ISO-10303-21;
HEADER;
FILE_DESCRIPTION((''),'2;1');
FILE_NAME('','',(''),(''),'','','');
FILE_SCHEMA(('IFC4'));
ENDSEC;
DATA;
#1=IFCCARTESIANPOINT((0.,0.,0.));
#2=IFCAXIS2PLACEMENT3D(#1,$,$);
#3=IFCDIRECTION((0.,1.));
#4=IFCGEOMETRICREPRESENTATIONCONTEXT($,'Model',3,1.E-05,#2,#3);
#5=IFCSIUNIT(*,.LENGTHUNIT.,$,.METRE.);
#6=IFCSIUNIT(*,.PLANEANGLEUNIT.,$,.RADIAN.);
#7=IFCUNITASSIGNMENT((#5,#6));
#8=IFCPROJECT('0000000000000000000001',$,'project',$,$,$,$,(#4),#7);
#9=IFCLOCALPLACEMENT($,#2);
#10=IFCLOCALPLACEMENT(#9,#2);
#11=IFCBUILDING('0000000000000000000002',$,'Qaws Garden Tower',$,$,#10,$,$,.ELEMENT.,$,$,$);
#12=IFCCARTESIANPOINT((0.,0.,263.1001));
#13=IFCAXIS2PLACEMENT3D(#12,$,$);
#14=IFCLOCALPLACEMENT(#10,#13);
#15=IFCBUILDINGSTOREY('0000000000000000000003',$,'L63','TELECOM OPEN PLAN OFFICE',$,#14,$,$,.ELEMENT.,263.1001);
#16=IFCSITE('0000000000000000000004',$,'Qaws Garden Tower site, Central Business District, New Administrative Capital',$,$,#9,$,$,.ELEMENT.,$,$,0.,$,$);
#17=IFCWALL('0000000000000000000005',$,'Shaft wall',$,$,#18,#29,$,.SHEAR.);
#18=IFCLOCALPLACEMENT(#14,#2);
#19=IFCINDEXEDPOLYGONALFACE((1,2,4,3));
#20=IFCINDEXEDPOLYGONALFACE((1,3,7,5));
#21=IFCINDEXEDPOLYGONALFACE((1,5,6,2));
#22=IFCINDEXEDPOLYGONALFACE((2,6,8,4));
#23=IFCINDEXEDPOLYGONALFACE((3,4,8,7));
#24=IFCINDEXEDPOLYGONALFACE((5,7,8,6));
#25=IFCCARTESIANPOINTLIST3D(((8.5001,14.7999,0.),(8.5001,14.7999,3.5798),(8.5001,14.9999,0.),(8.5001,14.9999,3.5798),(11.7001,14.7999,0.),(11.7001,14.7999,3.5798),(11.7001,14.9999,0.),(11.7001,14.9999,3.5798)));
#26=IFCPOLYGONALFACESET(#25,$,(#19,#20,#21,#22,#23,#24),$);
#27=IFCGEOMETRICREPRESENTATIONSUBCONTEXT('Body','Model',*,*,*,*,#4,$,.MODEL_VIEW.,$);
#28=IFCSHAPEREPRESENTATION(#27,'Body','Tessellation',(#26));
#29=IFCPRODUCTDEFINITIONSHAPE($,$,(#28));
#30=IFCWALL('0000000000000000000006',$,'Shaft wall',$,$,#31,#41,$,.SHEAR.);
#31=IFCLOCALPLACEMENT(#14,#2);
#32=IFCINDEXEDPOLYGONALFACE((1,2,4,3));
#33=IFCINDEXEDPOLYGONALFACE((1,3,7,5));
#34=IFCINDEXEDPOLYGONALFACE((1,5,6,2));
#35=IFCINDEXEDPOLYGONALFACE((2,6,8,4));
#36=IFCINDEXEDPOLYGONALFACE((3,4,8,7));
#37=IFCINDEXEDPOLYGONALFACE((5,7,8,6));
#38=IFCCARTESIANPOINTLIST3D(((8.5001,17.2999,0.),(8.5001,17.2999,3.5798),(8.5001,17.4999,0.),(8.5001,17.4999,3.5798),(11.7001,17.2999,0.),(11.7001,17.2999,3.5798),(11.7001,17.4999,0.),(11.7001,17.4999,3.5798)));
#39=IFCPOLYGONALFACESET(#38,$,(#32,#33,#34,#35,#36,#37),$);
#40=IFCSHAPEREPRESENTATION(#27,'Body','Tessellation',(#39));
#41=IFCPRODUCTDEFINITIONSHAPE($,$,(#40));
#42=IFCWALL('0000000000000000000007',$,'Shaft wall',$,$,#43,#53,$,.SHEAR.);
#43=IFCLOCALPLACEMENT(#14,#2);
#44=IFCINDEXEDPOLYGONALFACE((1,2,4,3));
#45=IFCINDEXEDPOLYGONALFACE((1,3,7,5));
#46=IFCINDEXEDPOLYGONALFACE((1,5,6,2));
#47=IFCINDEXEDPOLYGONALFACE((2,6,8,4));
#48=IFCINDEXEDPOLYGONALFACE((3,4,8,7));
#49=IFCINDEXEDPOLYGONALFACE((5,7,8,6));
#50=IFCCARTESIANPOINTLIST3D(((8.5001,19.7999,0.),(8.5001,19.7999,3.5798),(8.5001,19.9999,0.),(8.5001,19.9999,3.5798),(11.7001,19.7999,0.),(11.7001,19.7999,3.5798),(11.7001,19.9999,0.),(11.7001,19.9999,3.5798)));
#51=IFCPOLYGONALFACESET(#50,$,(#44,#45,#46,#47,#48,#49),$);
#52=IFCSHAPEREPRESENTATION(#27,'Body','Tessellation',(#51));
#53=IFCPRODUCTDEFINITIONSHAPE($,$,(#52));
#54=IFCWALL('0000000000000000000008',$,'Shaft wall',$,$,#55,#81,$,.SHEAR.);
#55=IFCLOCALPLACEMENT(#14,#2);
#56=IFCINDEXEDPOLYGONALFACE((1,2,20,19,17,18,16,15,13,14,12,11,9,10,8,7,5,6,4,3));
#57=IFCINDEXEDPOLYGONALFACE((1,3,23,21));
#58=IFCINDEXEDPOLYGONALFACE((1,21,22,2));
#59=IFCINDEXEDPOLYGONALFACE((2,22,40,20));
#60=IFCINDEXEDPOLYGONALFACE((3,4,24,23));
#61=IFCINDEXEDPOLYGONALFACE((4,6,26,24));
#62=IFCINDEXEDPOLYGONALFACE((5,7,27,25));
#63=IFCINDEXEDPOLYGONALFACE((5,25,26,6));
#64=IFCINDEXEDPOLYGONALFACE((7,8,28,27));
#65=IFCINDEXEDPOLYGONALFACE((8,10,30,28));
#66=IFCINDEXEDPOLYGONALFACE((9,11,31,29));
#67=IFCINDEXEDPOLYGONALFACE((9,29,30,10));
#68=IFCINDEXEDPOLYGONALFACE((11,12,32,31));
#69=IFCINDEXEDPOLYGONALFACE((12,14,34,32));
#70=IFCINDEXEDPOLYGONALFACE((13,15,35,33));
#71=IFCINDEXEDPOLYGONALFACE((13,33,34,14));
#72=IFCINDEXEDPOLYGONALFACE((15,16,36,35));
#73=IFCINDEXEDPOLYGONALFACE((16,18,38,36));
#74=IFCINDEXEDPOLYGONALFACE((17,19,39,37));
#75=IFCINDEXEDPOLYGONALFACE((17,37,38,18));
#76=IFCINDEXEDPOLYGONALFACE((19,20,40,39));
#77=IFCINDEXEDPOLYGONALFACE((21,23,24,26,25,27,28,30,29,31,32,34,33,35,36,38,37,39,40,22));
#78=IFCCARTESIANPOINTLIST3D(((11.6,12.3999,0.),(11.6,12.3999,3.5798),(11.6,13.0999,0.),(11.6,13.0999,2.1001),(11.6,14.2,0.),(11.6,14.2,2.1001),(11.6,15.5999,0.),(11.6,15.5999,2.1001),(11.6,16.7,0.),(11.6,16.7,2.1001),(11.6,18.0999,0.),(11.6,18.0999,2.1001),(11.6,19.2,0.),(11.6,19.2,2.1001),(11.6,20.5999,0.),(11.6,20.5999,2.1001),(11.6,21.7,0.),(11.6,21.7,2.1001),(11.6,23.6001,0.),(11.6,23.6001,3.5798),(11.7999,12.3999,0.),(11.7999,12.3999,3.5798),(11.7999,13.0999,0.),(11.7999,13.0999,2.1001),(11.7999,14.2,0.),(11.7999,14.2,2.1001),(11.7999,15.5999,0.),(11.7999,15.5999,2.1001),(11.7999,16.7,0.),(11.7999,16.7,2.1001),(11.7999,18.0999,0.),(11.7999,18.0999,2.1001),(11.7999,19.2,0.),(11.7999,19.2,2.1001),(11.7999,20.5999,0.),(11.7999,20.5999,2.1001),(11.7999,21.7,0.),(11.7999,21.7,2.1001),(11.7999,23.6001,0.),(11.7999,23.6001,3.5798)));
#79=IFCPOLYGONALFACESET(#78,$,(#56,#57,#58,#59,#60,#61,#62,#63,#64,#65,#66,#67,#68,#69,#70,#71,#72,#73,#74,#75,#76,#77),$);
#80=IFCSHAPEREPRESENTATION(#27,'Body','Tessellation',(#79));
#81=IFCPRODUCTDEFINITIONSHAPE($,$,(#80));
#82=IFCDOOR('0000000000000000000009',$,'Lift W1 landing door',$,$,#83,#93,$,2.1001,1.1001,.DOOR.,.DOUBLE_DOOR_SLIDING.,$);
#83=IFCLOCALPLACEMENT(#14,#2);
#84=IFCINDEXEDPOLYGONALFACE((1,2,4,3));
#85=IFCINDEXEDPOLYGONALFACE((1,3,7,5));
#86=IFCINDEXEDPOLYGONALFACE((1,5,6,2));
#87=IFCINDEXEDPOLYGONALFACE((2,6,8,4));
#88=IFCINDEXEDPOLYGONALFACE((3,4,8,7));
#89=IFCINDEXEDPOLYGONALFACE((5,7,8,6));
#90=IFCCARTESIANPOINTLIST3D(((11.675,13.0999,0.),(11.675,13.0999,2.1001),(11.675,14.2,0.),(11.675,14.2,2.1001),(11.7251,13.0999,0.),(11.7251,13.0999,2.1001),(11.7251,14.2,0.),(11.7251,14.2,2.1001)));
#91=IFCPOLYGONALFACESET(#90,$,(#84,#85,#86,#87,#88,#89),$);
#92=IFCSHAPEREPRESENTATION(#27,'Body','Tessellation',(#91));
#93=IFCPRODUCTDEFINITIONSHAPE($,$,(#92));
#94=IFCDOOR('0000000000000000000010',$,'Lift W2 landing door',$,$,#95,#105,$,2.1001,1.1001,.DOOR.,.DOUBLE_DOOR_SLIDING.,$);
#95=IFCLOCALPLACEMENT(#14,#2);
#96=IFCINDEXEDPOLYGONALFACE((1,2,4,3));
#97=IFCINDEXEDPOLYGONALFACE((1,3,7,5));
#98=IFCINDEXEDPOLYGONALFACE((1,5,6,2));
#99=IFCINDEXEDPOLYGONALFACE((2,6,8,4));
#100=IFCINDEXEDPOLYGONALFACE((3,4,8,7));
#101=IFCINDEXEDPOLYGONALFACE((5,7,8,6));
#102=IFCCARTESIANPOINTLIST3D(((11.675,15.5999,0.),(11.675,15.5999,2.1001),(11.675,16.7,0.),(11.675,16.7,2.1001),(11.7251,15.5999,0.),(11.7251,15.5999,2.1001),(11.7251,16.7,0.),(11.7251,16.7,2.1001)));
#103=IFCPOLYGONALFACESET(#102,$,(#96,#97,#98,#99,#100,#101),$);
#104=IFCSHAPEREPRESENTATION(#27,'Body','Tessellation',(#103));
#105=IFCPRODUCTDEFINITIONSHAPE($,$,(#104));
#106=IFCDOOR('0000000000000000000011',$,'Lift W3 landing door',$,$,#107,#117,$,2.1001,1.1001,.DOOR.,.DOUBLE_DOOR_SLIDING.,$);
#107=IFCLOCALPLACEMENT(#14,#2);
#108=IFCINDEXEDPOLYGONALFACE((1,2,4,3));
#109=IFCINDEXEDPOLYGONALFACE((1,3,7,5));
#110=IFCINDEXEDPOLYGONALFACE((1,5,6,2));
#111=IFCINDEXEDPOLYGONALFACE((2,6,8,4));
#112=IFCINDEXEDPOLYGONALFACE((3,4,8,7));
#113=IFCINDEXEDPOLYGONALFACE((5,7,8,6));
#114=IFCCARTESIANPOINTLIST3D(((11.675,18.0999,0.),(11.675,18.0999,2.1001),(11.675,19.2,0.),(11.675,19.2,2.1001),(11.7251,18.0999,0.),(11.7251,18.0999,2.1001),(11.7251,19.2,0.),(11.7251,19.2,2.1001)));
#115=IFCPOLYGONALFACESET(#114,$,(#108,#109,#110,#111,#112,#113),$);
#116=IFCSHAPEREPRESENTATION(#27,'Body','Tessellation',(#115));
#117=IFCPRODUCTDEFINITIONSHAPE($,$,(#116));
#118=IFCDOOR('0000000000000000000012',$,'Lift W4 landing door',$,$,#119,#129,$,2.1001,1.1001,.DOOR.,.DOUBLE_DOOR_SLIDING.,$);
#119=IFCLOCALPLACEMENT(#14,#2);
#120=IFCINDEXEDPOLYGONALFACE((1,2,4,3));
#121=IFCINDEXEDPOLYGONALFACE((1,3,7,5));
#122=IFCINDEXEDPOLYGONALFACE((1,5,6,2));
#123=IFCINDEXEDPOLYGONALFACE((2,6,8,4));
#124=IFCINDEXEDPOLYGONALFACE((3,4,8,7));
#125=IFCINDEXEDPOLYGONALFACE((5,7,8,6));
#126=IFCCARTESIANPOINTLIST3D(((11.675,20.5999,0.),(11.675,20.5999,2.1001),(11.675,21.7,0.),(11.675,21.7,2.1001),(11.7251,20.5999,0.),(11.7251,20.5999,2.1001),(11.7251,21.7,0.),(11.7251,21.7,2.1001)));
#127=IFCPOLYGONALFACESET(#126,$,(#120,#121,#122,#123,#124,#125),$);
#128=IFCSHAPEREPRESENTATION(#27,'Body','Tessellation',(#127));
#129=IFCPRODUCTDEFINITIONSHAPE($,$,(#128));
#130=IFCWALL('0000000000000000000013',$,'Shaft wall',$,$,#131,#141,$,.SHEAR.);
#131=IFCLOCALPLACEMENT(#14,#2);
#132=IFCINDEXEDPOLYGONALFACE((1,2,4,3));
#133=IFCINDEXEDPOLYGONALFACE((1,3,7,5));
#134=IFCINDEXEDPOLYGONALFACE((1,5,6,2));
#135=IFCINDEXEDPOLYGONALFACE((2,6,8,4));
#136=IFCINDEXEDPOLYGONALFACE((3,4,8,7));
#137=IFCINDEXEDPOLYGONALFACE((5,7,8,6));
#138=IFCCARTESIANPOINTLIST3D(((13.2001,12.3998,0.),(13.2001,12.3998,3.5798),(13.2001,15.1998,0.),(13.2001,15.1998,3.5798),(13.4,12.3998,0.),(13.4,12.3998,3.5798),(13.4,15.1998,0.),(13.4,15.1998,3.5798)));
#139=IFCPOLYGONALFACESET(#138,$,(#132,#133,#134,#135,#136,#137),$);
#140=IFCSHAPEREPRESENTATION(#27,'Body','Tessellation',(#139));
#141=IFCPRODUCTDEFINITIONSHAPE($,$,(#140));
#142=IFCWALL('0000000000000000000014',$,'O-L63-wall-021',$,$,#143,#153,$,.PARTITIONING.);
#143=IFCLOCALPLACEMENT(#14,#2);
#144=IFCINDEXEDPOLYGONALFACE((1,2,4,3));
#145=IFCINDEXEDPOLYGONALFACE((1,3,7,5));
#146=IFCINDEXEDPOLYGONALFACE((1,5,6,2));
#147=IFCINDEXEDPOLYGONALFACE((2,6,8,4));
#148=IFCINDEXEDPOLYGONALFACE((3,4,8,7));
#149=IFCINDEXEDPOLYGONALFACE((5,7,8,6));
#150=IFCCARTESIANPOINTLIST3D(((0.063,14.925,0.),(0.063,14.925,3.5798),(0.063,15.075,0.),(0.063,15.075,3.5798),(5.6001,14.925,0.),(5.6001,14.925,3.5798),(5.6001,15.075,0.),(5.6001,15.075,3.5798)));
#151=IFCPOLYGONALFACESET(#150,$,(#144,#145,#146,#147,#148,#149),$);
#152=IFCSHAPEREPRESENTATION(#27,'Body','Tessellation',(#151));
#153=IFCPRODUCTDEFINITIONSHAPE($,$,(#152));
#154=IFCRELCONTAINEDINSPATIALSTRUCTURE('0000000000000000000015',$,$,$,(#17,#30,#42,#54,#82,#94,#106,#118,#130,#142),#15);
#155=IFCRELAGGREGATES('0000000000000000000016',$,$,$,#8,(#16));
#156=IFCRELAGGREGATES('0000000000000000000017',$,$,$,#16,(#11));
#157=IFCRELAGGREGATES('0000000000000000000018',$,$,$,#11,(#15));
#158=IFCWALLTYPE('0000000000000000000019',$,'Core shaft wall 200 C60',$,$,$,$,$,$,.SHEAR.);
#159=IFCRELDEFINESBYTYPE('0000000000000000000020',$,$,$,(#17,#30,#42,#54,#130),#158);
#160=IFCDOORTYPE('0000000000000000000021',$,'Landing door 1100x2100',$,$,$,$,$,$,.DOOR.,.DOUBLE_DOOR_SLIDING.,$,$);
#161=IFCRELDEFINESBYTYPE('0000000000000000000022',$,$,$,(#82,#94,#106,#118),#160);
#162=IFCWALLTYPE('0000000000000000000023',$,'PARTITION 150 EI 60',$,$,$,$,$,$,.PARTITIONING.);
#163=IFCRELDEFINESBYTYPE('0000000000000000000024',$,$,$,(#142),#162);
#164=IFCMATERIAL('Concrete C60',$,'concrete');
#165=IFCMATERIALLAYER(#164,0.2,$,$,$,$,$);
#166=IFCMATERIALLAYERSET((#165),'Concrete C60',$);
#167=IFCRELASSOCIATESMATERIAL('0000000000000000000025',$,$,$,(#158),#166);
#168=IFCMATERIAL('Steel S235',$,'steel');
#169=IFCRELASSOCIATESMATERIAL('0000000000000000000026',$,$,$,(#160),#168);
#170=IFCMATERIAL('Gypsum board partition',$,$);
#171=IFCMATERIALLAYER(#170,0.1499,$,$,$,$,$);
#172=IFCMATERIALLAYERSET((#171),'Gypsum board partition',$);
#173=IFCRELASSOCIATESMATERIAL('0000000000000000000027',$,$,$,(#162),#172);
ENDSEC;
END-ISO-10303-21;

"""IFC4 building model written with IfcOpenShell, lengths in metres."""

from ifc_helpers import new_model, si_unit, direction, frame, frame_2d, origin, place, context, subcontext, project, spatial, rectangle, extrude, material, layer, layer_set, type_object, element, fill, save


model = new_model("IFC4")

# Units and contexts
model_context = context("Model", 3, precision=1e-05, world=origin(), true_north=direction((0.0, 1.0)))
body_context = subcontext(model_context, "Body", "Model", "MODEL_VIEW")
ifc_project = project(units=[si_unit("LENGTHUNIT", "METRE"), si_unit("PLANEANGLEUNIT", "RADIAN")], contexts=[model_context])

# Site, building, storey
site_placement = place(None, origin())
site = spatial("IfcSite", under=ifc_project, at=site_placement, Name="Qaws Garden Tower site, Central Business District, New Administrative Capital", CompositionType="ELEMENT", RefElevation=0.0)
building_placement = place(site_placement, origin())
building = spatial("IfcBuilding", under=site, at=building_placement, Name="Qaws Garden Tower", CompositionType="ELEMENT")
storey_placement = place(building_placement, frame((0.0, 0.0, 263.1001)))
storey = spatial("IfcBuildingStorey", under=building, at=storey_placement, Name="L63", Description="TELECOM OPEN PLAN OFFICE", CompositionType="ELEMENT", Elevation=263.1001)

# Walls
ifc_material_1 = material(Name="Concrete C60", Category="concrete")
ifc_layer_1 = layer(ifc_material_1, 0.2)
ifc_layer_set_1 = layer_set([ifc_layer_1], Name="Concrete C60")
wall_type_1 = type_object("IfcWallType", Name="Core shaft wall 200 C60", PredefinedType="SHEAR", material=ifc_layer_set_1)
for number, where, z_axis, x_axis, name in (
    (1, (8.5, 14.8999, 0.0), (0.0, 0.0, 1.0), (1.0, 0.0, 0.0), "Shaft wall"),
    (2, (8.5, 17.3999, 0.0), (0.0, 0.0, 1.0), (1.0, 0.0, 0.0), "Shaft wall"),
    (3, (8.5, 19.8999, 0.0), (0.0, 0.0, 1.0), (1.0, 0.0, 0.0), "Shaft wall"),
):
    element("IfcWall", number, at=place(storey_placement, frame(where, z_axis=z_axis, x_axis=x_axis)), inside=storey, type_object=wall_type_1, Name=name, PredefinedType="SHEAR", context=body_context, shape_type="SweptSolid", body=[
        extrude(rectangle(XDim=3.2, YDim=0.2, at=frame_2d((1.6001, 0.0))), origin(), (0.0, 0.0, 1.0), 3.5798),
    ])

# Wall, openings, doors
wall_1_placement = place(storey_placement, frame((11.7, 12.3999, 0.0), z_axis=(0.0, 0.0, 1.0), x_axis=(0.0, 1.0, 0.0)))
wall_1 = element("IfcWall", 4, at=wall_1_placement, inside=storey, type_object=wall_type_1, Name="Shaft wall", PredefinedType="SHEAR", context=body_context, shape_type="SweptSolid", body=[
    extrude(rectangle(XDim=11.2002, YDim=0.2, at=frame_2d((5.6001, 0.0))), origin(), (0.0, 0.0, 1.0), 3.5798),
])
opening_1_placement = place(wall_1_placement, frame((0.7, 0.0, 0.0)))
opening_1 = element("IfcOpeningElement", 5, at=opening_1_placement, cuts=wall_1, PredefinedType="OPENING", context=body_context, shape_type="SweptSolid", body=[
    extrude(rectangle(XDim=1.1001, YDim=2.1001, at=frame_2d((0.55, 1.05))), frame((0.0, 0.1099, 0.0), z_axis=(0.0, -1.0, 0.0), x_axis=(1.0, 0.0, 0.0)), (0.0, 0.0, 1.0), 0.22),
])
opening_2_placement = place(wall_1_placement, frame((3.2, 0.0, 0.0)))
opening_2 = element("IfcOpeningElement", 6, at=opening_2_placement, cuts=wall_1, PredefinedType="OPENING", context=body_context, shape_type="SweptSolid", body=[
    extrude(rectangle(XDim=1.1001, YDim=2.1001, at=frame_2d((0.55, 1.05))), frame((0.0, 0.1099, 0.0), z_axis=(0.0, -1.0, 0.0), x_axis=(1.0, 0.0, 0.0)), (0.0, 0.0, 1.0), 0.22),
])
opening_3_placement = place(wall_1_placement, frame((5.7, 0.0, 0.0)))
opening_3 = element("IfcOpeningElement", 7, at=opening_3_placement, cuts=wall_1, PredefinedType="OPENING", context=body_context, shape_type="SweptSolid", body=[
    extrude(rectangle(XDim=1.1001, YDim=2.1001, at=frame_2d((0.55, 1.05))), frame((0.0, 0.1099, 0.0), z_axis=(0.0, -1.0, 0.0), x_axis=(1.0, 0.0, 0.0)), (0.0, 0.0, 1.0), 0.22),
])
opening_4_placement = place(wall_1_placement, frame((8.2, 0.0, 0.0)))
opening_4 = element("IfcOpeningElement", 8, at=opening_4_placement, cuts=wall_1, PredefinedType="OPENING", context=body_context, shape_type="SweptSolid", body=[
    extrude(rectangle(XDim=1.1001, YDim=2.1001, at=frame_2d((0.55, 1.05))), frame((0.0, 0.1099, 0.0), z_axis=(0.0, -1.0, 0.0), x_axis=(1.0, 0.0, 0.0)), (0.0, 0.0, 1.0), 0.22),
])
ifc_material_2 = material(Name="Steel S235", Category="steel")
door_type = type_object("IfcDoorType", Name="Landing door 1100x2100", OperationType="DOUBLE_DOOR_SLIDING", PredefinedType="DOOR", material=ifc_material_2)
door_1_placement = place(opening_1_placement, origin())
door_1 = element("IfcDoor", 9, at=door_1_placement, inside=storey, type_object=door_type, Name="Lift W1 landing door", OperationType="DOUBLE_DOOR_SLIDING", OverallHeight=2.1001, OverallWidth=1.1001, PredefinedType="DOOR", context=body_context, shape_type="SweptSolid", body=[
    extrude(rectangle(XDim=1.1001, YDim=2.1001, at=frame_2d((0.55, 1.05))), frame((0.0, 0.0249, 0.0), z_axis=(0.0, -1.0, 0.0), x_axis=(1.0, 0.0, 0.0)), (0.0, 0.0, 1.0), 0.05),
])
fill(opening_1, door_1)
door_2_placement = place(opening_2_placement, origin())
door_2 = element("IfcDoor", 10, at=door_2_placement, inside=storey, type_object=door_type, Name="Lift W2 landing door", OperationType="DOUBLE_DOOR_SLIDING", OverallHeight=2.1001, OverallWidth=1.1001, PredefinedType="DOOR", context=body_context, shape_type="SweptSolid", body=[
    extrude(rectangle(XDim=1.1001, YDim=2.1001, at=frame_2d((0.55, 1.05))), frame((0.0, 0.0249, 0.0), z_axis=(0.0, -1.0, 0.0), x_axis=(1.0, 0.0, 0.0)), (0.0, 0.0, 1.0), 0.05),
])
fill(opening_2, door_2)
door_3_placement = place(opening_3_placement, origin())
door_3 = element("IfcDoor", 11, at=door_3_placement, inside=storey, type_object=door_type, Name="Lift W3 landing door", OperationType="DOUBLE_DOOR_SLIDING", OverallHeight=2.1001, OverallWidth=1.1001, PredefinedType="DOOR", context=body_context, shape_type="SweptSolid", body=[
    extrude(rectangle(XDim=1.1001, YDim=2.1001, at=frame_2d((0.55, 1.05))), frame((0.0, 0.0249, 0.0), z_axis=(0.0, -1.0, 0.0), x_axis=(1.0, 0.0, 0.0)), (0.0, 0.0, 1.0), 0.05),
])
fill(opening_3, door_3)
door_4_placement = place(opening_4_placement, origin())
door_4 = element("IfcDoor", 12, at=door_4_placement, inside=storey, type_object=door_type, Name="Lift W4 landing door", OperationType="DOUBLE_DOOR_SLIDING", OverallHeight=2.1001, OverallWidth=1.1001, PredefinedType="DOOR", context=body_context, shape_type="SweptSolid", body=[
    extrude(rectangle(XDim=1.1001, YDim=2.1001, at=frame_2d((0.55, 1.05))), frame((0.0, 0.0249, 0.0), z_axis=(0.0, -1.0, 0.0), x_axis=(1.0, 0.0, 0.0)), (0.0, 0.0, 1.0), 0.05),
])
fill(opening_4, door_4)

# Walls
wall_2_placement = place(storey_placement, frame((13.3, 12.3999, 0.0), z_axis=(0.0, 0.0, 1.0), x_axis=(0.0, 1.0, 0.0)))
element("IfcWall", 13, at=wall_2_placement, inside=storey, type_object=wall_type_1, Name="Shaft wall", PredefinedType="SHEAR", context=body_context, shape_type="SweptSolid", body=[
    extrude(rectangle(XDim=2.8, YDim=0.2, at=frame_2d((1.3999, 0.0))), origin(), (0.0, 0.0, 1.0), 3.5798),
])
ifc_material_3 = material(Name="Gypsum board partition")
ifc_layer_2 = layer(ifc_material_3, 0.1499)
ifc_layer_set_2 = layer_set([ifc_layer_2], Name="Gypsum board partition")
wall_type_2 = type_object("IfcWallType", Name="PARTITION 150 EI 60", PredefinedType="PARTITIONING", material=ifc_layer_set_2)
wall_3_placement = place(storey_placement, frame((0.063, 15.0, 0.0), z_axis=(0.0, 0.0, 1.0), x_axis=(1.0, 0.0, 0.0)))
element("IfcWall", 14, at=wall_3_placement, inside=storey, type_object=wall_type_2, Name="O-L63-wall-021", PredefinedType="PARTITIONING", context=body_context, shape_type="SweptSolid", body=[
    extrude(rectangle(XDim=5.5371, YDim=0.1499, at=frame_2d((2.7686, 0.0))), origin(), (0.0, 0.0, 1.0), 3.5798),
])

save(model, "model.ifc")
